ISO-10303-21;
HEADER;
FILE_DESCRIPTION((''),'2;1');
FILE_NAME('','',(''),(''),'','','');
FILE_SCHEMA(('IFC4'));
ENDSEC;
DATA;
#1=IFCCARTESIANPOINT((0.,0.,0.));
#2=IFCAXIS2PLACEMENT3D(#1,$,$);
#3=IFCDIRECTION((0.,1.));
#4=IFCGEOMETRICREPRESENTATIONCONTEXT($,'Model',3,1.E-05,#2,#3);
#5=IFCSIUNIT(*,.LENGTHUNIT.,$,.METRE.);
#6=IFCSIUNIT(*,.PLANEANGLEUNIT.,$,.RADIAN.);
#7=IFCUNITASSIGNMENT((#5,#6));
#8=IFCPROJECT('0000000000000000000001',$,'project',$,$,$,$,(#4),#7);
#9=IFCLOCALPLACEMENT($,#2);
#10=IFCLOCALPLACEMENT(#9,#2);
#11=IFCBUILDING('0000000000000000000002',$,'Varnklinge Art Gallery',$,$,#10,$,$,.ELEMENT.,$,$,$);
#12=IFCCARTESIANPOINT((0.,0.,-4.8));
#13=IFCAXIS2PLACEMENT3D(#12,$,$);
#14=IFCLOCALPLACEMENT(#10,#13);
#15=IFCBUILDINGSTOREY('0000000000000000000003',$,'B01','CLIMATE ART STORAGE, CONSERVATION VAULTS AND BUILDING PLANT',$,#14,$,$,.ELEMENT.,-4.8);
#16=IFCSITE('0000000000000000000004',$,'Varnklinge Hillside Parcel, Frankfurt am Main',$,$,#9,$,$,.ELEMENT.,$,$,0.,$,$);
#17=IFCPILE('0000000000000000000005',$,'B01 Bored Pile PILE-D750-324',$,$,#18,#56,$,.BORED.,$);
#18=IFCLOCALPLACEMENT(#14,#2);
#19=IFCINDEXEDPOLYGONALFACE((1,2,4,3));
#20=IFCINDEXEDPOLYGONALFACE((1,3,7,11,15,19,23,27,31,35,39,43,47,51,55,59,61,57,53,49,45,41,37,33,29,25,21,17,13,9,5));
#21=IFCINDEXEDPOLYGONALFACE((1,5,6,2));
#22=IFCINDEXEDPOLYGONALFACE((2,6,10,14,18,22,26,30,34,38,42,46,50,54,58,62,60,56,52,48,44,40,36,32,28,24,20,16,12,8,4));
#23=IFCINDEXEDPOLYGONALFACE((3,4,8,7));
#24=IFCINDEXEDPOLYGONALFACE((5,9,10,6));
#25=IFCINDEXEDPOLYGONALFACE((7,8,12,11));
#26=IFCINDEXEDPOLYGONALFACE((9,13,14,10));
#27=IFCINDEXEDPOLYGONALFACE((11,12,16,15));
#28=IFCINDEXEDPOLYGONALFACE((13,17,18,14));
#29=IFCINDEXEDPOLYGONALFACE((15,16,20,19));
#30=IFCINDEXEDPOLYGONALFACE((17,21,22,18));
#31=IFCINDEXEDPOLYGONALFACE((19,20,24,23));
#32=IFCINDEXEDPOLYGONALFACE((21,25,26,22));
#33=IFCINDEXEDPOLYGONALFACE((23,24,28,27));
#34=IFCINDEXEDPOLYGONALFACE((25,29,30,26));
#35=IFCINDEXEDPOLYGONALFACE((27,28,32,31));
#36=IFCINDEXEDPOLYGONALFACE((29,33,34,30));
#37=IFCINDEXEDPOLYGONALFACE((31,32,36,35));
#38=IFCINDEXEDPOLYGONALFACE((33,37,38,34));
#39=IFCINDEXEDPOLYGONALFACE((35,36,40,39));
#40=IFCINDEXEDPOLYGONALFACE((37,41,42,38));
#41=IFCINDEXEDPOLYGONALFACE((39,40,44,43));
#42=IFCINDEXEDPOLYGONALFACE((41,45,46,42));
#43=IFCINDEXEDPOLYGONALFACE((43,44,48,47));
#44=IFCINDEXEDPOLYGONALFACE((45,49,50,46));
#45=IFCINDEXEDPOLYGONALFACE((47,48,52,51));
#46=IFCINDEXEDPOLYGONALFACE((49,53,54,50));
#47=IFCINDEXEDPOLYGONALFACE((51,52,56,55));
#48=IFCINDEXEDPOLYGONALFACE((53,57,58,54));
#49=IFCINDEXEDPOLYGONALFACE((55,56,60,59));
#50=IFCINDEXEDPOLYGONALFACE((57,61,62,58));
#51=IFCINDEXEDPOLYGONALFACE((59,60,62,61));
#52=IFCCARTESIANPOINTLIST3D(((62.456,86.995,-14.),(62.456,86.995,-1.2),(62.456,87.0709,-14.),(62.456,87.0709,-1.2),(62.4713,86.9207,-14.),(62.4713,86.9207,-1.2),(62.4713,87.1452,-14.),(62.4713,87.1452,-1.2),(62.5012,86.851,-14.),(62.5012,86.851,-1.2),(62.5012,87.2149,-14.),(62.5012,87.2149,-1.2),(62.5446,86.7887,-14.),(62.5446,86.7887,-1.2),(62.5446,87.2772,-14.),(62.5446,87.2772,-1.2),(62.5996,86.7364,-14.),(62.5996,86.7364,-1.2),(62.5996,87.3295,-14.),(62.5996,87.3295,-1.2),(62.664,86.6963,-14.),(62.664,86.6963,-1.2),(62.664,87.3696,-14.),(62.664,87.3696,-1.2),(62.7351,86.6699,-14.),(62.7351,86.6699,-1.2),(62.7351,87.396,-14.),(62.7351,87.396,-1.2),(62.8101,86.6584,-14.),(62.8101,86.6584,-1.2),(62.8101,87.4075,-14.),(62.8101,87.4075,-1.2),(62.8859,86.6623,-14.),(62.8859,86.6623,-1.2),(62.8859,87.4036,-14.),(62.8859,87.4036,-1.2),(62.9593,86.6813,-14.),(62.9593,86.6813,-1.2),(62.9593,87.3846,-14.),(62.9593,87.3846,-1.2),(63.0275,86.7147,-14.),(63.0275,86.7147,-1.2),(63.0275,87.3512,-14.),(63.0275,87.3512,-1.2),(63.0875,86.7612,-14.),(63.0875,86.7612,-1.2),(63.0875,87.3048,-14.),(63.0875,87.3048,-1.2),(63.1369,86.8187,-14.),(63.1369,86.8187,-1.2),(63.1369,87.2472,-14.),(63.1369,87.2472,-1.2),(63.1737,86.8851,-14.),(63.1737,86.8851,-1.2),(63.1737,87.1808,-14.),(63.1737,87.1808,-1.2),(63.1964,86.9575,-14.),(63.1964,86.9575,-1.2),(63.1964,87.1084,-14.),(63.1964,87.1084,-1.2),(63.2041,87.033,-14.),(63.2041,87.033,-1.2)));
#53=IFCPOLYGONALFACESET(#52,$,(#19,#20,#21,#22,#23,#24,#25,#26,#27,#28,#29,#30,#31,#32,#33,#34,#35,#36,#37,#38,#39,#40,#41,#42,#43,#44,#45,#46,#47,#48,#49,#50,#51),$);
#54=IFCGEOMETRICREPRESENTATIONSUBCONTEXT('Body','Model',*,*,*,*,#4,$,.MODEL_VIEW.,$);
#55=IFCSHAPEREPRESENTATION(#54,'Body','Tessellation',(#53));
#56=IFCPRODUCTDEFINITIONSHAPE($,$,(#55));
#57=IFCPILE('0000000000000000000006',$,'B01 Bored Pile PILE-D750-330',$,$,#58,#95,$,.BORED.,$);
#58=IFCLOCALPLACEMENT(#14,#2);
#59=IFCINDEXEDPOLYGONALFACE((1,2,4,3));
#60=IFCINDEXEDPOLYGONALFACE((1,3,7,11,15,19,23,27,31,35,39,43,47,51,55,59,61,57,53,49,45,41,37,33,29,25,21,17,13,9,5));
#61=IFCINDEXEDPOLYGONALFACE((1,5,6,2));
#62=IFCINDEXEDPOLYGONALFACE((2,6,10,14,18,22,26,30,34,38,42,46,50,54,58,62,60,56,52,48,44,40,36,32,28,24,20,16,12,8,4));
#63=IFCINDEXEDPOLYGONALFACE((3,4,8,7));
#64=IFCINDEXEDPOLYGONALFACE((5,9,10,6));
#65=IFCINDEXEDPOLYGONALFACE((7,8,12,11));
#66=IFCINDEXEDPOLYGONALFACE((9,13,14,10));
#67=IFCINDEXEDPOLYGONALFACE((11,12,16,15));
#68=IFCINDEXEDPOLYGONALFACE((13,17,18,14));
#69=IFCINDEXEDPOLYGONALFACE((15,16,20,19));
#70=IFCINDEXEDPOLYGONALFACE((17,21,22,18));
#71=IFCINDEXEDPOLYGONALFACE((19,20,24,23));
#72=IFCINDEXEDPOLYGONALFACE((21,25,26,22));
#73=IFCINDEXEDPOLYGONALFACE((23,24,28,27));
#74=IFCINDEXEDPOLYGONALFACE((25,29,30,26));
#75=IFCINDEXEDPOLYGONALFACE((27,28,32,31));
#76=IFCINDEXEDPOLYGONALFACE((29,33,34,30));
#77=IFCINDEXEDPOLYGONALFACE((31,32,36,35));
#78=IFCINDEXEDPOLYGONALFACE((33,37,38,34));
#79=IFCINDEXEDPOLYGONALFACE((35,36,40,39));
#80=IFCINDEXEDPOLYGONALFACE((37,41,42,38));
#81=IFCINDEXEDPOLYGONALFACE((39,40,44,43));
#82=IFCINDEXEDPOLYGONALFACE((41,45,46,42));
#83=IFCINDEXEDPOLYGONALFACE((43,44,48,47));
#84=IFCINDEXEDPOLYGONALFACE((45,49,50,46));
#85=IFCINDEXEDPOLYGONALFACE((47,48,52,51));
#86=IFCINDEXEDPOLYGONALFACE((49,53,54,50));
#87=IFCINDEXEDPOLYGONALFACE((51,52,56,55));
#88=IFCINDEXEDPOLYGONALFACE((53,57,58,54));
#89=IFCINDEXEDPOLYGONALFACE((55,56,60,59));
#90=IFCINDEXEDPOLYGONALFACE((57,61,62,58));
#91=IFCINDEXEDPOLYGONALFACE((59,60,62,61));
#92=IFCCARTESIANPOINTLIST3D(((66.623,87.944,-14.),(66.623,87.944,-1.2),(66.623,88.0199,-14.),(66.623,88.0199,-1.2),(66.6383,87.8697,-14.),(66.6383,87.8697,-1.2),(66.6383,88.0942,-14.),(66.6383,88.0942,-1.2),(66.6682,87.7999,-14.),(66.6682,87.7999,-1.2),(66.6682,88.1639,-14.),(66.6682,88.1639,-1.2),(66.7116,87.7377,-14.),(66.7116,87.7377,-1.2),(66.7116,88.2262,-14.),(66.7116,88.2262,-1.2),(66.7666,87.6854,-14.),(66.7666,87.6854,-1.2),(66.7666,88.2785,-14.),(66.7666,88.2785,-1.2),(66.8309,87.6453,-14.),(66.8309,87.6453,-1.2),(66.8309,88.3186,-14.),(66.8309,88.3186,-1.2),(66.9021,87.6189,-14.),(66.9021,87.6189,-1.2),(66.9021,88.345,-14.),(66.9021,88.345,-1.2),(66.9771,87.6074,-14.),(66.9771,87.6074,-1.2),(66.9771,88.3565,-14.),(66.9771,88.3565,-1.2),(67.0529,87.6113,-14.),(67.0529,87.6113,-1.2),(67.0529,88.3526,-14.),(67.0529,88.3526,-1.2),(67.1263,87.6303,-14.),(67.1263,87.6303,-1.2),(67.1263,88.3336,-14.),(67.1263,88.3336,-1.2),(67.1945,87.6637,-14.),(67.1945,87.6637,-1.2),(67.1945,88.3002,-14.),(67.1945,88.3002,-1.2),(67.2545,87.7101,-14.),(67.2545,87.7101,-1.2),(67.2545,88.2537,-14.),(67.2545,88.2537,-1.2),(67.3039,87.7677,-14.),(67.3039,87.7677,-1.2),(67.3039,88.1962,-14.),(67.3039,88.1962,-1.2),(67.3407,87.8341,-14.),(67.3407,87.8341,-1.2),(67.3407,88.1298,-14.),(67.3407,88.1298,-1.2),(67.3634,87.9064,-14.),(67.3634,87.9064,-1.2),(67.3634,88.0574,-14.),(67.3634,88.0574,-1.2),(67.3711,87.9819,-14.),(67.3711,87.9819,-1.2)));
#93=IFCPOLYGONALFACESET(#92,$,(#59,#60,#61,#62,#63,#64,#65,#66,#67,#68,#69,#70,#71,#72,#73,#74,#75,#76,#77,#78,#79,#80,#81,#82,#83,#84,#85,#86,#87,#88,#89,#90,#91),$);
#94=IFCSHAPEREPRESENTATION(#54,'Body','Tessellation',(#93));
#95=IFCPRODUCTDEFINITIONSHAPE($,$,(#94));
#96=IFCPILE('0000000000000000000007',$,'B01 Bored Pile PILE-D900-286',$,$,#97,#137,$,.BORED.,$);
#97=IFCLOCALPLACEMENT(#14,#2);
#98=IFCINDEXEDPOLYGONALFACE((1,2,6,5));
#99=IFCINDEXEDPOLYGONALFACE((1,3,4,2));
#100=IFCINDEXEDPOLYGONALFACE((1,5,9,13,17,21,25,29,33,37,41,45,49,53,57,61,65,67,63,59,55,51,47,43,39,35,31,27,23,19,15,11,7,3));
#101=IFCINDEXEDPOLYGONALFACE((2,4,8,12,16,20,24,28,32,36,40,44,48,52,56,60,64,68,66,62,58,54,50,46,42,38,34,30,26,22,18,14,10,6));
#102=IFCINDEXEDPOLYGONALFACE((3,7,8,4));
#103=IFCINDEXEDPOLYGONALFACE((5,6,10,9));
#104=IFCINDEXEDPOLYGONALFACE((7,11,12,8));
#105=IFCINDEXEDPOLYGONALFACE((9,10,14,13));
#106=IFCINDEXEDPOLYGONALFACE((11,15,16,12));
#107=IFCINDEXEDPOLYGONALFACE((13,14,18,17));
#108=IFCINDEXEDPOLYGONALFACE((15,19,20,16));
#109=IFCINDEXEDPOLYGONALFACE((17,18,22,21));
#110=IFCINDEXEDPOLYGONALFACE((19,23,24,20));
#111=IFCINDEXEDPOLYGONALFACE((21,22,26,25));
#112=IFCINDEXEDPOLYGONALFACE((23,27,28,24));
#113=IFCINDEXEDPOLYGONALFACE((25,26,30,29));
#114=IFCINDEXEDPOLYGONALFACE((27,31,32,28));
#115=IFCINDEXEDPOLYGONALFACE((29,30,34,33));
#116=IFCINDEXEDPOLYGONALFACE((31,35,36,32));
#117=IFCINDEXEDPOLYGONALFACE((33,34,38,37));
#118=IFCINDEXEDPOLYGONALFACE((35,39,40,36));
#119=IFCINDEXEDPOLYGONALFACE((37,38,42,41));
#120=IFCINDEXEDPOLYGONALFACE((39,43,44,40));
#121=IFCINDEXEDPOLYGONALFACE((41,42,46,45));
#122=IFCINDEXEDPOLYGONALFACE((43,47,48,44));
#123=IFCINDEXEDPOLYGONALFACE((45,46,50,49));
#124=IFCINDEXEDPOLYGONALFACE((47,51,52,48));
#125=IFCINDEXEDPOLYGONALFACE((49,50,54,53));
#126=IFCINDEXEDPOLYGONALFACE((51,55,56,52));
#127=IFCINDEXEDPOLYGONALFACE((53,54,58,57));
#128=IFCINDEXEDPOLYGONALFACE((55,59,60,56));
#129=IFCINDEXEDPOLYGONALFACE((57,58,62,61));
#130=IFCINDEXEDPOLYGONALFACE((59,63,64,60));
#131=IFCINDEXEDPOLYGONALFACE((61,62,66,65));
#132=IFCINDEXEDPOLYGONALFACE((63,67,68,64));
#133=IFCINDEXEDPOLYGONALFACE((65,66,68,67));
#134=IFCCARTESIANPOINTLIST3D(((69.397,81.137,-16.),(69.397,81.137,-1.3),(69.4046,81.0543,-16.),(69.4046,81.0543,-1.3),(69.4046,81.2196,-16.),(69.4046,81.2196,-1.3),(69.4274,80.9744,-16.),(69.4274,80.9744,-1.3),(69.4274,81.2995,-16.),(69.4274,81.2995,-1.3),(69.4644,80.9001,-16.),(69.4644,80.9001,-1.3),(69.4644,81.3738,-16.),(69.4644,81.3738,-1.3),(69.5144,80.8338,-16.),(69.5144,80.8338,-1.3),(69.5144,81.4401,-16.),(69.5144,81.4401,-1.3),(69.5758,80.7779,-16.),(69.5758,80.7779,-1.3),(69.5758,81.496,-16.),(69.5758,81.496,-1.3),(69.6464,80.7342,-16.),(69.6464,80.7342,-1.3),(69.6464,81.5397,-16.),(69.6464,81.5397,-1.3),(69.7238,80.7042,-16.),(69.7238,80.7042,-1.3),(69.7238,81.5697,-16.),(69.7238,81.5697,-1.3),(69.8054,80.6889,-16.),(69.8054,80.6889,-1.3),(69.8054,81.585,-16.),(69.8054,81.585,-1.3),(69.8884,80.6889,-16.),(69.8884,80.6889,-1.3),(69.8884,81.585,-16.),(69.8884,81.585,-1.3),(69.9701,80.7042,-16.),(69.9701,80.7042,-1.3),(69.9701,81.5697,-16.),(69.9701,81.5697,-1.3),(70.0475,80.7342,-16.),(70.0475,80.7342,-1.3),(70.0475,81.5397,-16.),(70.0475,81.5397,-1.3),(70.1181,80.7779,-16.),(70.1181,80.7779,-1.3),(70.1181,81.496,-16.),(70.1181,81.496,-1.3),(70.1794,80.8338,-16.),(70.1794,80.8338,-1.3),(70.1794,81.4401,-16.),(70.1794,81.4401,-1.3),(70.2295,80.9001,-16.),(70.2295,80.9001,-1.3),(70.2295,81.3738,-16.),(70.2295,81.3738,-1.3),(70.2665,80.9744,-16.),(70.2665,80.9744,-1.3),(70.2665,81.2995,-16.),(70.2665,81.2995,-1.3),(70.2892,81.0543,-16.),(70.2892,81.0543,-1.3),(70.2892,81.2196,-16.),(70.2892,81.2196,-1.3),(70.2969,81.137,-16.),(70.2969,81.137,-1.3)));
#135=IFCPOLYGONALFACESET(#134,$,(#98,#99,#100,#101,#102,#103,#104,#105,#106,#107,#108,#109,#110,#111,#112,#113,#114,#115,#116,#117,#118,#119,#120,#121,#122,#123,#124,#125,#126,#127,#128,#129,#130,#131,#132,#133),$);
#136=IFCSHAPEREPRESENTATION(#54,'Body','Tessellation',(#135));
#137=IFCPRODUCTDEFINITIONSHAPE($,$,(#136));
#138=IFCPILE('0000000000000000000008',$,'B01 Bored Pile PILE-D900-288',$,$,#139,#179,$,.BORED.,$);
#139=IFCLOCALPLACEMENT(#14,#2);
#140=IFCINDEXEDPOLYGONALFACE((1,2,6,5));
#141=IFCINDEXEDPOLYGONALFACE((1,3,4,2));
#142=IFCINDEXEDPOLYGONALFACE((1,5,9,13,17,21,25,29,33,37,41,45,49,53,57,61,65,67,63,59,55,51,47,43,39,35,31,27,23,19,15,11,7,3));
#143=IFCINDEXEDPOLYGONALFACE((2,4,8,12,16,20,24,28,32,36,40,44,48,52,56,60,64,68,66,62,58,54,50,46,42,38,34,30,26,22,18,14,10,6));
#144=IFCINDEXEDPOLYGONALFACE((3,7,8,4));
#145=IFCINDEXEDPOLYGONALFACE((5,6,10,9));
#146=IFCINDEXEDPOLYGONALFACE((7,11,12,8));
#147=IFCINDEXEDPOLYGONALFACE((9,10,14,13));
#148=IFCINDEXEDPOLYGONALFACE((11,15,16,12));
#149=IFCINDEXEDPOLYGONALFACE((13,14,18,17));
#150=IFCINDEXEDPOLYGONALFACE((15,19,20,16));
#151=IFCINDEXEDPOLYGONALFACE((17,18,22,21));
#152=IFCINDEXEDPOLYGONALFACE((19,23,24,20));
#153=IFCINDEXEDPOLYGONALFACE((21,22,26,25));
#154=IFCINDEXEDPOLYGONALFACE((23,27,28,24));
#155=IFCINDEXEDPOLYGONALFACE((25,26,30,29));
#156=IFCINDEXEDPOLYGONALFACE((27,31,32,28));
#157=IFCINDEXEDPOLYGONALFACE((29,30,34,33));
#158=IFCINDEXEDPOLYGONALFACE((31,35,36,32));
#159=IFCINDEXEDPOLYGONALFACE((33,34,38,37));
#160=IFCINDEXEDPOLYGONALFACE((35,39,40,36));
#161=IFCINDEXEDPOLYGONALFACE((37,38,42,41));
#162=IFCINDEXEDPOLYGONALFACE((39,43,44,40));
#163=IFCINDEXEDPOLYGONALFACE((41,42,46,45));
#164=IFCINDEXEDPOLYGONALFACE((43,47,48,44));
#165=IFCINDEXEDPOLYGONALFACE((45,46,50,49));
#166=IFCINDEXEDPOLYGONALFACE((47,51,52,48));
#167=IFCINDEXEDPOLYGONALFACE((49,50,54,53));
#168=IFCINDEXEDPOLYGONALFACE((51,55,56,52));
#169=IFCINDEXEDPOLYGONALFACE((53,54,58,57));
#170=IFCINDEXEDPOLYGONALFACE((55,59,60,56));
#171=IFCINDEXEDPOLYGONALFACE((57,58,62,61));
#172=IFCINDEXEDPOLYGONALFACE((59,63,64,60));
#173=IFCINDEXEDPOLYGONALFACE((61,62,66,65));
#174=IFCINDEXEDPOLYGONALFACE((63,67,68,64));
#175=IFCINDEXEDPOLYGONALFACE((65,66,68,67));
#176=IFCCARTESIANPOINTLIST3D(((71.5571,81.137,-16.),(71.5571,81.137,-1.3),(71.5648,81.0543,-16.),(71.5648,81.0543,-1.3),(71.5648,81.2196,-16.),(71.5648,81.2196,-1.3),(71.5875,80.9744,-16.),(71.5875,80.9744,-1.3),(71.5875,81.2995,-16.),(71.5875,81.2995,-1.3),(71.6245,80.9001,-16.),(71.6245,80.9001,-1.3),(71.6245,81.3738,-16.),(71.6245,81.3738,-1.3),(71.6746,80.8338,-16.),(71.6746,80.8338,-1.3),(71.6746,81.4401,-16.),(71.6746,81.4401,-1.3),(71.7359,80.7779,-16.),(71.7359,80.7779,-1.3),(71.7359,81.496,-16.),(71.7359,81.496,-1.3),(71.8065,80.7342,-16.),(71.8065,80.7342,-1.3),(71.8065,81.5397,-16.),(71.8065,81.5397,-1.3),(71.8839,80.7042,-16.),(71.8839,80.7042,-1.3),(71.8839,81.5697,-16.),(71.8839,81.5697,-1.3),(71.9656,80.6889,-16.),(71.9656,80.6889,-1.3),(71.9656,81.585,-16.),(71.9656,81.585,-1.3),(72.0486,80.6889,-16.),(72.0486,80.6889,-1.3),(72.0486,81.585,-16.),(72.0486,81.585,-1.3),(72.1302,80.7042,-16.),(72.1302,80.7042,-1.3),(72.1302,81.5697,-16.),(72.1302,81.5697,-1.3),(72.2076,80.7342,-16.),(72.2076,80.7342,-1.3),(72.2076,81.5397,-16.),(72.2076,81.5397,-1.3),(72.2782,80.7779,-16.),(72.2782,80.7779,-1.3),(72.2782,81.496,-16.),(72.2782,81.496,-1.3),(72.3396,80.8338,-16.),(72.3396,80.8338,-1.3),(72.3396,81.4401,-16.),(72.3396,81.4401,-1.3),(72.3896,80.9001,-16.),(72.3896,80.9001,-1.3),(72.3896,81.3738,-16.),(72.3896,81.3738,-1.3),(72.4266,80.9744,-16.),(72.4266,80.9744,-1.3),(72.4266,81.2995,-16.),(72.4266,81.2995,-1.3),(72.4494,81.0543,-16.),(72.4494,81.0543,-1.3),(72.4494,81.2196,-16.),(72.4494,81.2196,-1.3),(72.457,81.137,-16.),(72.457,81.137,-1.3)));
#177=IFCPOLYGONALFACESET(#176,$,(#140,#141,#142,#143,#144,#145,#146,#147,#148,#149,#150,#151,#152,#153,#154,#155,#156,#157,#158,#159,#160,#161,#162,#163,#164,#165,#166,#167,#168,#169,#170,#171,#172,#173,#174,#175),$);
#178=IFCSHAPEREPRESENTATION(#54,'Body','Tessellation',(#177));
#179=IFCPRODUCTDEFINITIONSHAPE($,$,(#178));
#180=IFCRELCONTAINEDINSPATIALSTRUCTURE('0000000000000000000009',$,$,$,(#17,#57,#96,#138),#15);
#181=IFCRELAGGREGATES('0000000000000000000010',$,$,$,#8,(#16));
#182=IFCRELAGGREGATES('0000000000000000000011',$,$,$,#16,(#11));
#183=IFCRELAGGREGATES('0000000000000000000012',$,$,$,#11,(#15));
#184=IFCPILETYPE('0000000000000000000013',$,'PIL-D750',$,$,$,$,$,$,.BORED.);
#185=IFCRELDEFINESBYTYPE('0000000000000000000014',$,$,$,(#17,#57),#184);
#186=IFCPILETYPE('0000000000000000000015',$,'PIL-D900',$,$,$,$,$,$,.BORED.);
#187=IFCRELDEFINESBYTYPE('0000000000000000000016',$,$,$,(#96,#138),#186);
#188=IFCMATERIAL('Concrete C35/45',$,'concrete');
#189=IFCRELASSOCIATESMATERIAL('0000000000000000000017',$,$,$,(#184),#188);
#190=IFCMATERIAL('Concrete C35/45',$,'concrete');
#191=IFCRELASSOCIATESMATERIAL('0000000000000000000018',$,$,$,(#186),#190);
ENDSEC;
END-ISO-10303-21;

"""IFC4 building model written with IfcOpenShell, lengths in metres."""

from ifc_helpers import new_model, si_unit, direction, frame, origin, origin_2d, place, context, subcontext, project, spatial, circle, extrude, material, material_profile, profile_set, type_object, element, save


model = new_model("IFC4")

# Units and contexts
model_context = context("Model", 3, precision=1e-05, world=origin(), true_north=direction((0.0, 1.0)))
body_context = subcontext(model_context, "Body", "Model", "MODEL_VIEW")
ifc_project = project(units=[si_unit("LENGTHUNIT", "METRE"), si_unit("PLANEANGLEUNIT", "RADIAN")], contexts=[model_context])

# Site, building, storey
site_placement = place(None, origin())
site = spatial("IfcSite", under=ifc_project, at=site_placement, Name="Varnklinge Hillside Parcel, Frankfurt am Main", CompositionType="ELEMENT", RefElevation=0.0)
building_placement = place(site_placement, origin())
building = spatial("IfcBuilding", under=site, at=building_placement, Name="Varnklinge Art Gallery", CompositionType="ELEMENT")
storey_placement = place(building_placement, frame((0.0, 0.0, -4.8)))
storey = spatial("IfcBuildingStorey", under=building, at=storey_placement, Name="B01", Description="CLIMATE ART STORAGE, CONSERVATION VAULTS AND BUILDING PLANT", CompositionType="ELEMENT", Elevation=-4.8)

# Piles
ifc_material_1 = material(Name="Concrete C35/45", Category="concrete")
ifc_material_profile_1 = material_profile(ifc_material_1, circle(Radius=0.375, at=origin_2d()), Name="PILE D750")
ifc_profile_set_1 = profile_set([ifc_material_profile_1], Name="Concrete C35/45")
pile_type_1 = type_object("IfcPileType", Name="PIL-D750", PredefinedType="BORED", material=ifc_profile_set_1)
for number, where, z_axis, x_axis, name in (
    (1, (62.8291, 87.033, -1.2), (0.0, 0.0, -1.0), (1.0, 0.0, 0.0), "B01 Bored Pile PILE-D750-324"),
    (2, (66.9961, 87.9819, -1.2), (0.0, 0.0, -1.0), (1.0, 0.0, 0.0), "B01 Bored Pile PILE-D750-330"),
):
    element("IfcPile", number, at=place(storey_placement, frame(where, z_axis=z_axis, x_axis=x_axis)), inside=storey, type_object=pile_type_1, Name=name, PredefinedType="BORED", context=body_context, shape_type="SweptSolid", body=[
        extrude(circle(Radius=0.375, at=origin_2d()), origin(), (0.0, 0.0, 1.0), 12.8),
    ])
ifc_material_2 = material(Name="Concrete C35/45", Category="concrete")
ifc_material_profile_2 = material_profile(ifc_material_2, circle(Radius=0.45, at=origin_2d()), Name="PILE D900")
ifc_profile_set_2 = profile_set([ifc_material_profile_2], Name="Concrete C35/45")
pile_type_2 = type_object("IfcPileType", Name="PIL-D900", PredefinedType="BORED", material=ifc_profile_set_2)
for number, where, z_axis, x_axis, name in (
    (3, (69.8469, 81.137, -1.3), (0.0, 0.0, -1.0), (1.0, 0.0, 0.0), "B01 Bored Pile PILE-D900-286"),
    (4, (72.0071, 81.137, -1.3), (0.0, 0.0, -1.0), (1.0, 0.0, 0.0), "B01 Bored Pile PILE-D900-288"),
):
    element("IfcPile", number, at=place(storey_placement, frame(where, z_axis=z_axis, x_axis=x_axis)), inside=storey, type_object=pile_type_2, Name=name, PredefinedType="BORED", context=body_context, shape_type="SweptSolid", body=[
        extrude(circle(Radius=0.45, at=origin_2d()), origin(), (0.0, 0.0, 1.0), 14.7),
    ])

save(model, "model.ifc")
